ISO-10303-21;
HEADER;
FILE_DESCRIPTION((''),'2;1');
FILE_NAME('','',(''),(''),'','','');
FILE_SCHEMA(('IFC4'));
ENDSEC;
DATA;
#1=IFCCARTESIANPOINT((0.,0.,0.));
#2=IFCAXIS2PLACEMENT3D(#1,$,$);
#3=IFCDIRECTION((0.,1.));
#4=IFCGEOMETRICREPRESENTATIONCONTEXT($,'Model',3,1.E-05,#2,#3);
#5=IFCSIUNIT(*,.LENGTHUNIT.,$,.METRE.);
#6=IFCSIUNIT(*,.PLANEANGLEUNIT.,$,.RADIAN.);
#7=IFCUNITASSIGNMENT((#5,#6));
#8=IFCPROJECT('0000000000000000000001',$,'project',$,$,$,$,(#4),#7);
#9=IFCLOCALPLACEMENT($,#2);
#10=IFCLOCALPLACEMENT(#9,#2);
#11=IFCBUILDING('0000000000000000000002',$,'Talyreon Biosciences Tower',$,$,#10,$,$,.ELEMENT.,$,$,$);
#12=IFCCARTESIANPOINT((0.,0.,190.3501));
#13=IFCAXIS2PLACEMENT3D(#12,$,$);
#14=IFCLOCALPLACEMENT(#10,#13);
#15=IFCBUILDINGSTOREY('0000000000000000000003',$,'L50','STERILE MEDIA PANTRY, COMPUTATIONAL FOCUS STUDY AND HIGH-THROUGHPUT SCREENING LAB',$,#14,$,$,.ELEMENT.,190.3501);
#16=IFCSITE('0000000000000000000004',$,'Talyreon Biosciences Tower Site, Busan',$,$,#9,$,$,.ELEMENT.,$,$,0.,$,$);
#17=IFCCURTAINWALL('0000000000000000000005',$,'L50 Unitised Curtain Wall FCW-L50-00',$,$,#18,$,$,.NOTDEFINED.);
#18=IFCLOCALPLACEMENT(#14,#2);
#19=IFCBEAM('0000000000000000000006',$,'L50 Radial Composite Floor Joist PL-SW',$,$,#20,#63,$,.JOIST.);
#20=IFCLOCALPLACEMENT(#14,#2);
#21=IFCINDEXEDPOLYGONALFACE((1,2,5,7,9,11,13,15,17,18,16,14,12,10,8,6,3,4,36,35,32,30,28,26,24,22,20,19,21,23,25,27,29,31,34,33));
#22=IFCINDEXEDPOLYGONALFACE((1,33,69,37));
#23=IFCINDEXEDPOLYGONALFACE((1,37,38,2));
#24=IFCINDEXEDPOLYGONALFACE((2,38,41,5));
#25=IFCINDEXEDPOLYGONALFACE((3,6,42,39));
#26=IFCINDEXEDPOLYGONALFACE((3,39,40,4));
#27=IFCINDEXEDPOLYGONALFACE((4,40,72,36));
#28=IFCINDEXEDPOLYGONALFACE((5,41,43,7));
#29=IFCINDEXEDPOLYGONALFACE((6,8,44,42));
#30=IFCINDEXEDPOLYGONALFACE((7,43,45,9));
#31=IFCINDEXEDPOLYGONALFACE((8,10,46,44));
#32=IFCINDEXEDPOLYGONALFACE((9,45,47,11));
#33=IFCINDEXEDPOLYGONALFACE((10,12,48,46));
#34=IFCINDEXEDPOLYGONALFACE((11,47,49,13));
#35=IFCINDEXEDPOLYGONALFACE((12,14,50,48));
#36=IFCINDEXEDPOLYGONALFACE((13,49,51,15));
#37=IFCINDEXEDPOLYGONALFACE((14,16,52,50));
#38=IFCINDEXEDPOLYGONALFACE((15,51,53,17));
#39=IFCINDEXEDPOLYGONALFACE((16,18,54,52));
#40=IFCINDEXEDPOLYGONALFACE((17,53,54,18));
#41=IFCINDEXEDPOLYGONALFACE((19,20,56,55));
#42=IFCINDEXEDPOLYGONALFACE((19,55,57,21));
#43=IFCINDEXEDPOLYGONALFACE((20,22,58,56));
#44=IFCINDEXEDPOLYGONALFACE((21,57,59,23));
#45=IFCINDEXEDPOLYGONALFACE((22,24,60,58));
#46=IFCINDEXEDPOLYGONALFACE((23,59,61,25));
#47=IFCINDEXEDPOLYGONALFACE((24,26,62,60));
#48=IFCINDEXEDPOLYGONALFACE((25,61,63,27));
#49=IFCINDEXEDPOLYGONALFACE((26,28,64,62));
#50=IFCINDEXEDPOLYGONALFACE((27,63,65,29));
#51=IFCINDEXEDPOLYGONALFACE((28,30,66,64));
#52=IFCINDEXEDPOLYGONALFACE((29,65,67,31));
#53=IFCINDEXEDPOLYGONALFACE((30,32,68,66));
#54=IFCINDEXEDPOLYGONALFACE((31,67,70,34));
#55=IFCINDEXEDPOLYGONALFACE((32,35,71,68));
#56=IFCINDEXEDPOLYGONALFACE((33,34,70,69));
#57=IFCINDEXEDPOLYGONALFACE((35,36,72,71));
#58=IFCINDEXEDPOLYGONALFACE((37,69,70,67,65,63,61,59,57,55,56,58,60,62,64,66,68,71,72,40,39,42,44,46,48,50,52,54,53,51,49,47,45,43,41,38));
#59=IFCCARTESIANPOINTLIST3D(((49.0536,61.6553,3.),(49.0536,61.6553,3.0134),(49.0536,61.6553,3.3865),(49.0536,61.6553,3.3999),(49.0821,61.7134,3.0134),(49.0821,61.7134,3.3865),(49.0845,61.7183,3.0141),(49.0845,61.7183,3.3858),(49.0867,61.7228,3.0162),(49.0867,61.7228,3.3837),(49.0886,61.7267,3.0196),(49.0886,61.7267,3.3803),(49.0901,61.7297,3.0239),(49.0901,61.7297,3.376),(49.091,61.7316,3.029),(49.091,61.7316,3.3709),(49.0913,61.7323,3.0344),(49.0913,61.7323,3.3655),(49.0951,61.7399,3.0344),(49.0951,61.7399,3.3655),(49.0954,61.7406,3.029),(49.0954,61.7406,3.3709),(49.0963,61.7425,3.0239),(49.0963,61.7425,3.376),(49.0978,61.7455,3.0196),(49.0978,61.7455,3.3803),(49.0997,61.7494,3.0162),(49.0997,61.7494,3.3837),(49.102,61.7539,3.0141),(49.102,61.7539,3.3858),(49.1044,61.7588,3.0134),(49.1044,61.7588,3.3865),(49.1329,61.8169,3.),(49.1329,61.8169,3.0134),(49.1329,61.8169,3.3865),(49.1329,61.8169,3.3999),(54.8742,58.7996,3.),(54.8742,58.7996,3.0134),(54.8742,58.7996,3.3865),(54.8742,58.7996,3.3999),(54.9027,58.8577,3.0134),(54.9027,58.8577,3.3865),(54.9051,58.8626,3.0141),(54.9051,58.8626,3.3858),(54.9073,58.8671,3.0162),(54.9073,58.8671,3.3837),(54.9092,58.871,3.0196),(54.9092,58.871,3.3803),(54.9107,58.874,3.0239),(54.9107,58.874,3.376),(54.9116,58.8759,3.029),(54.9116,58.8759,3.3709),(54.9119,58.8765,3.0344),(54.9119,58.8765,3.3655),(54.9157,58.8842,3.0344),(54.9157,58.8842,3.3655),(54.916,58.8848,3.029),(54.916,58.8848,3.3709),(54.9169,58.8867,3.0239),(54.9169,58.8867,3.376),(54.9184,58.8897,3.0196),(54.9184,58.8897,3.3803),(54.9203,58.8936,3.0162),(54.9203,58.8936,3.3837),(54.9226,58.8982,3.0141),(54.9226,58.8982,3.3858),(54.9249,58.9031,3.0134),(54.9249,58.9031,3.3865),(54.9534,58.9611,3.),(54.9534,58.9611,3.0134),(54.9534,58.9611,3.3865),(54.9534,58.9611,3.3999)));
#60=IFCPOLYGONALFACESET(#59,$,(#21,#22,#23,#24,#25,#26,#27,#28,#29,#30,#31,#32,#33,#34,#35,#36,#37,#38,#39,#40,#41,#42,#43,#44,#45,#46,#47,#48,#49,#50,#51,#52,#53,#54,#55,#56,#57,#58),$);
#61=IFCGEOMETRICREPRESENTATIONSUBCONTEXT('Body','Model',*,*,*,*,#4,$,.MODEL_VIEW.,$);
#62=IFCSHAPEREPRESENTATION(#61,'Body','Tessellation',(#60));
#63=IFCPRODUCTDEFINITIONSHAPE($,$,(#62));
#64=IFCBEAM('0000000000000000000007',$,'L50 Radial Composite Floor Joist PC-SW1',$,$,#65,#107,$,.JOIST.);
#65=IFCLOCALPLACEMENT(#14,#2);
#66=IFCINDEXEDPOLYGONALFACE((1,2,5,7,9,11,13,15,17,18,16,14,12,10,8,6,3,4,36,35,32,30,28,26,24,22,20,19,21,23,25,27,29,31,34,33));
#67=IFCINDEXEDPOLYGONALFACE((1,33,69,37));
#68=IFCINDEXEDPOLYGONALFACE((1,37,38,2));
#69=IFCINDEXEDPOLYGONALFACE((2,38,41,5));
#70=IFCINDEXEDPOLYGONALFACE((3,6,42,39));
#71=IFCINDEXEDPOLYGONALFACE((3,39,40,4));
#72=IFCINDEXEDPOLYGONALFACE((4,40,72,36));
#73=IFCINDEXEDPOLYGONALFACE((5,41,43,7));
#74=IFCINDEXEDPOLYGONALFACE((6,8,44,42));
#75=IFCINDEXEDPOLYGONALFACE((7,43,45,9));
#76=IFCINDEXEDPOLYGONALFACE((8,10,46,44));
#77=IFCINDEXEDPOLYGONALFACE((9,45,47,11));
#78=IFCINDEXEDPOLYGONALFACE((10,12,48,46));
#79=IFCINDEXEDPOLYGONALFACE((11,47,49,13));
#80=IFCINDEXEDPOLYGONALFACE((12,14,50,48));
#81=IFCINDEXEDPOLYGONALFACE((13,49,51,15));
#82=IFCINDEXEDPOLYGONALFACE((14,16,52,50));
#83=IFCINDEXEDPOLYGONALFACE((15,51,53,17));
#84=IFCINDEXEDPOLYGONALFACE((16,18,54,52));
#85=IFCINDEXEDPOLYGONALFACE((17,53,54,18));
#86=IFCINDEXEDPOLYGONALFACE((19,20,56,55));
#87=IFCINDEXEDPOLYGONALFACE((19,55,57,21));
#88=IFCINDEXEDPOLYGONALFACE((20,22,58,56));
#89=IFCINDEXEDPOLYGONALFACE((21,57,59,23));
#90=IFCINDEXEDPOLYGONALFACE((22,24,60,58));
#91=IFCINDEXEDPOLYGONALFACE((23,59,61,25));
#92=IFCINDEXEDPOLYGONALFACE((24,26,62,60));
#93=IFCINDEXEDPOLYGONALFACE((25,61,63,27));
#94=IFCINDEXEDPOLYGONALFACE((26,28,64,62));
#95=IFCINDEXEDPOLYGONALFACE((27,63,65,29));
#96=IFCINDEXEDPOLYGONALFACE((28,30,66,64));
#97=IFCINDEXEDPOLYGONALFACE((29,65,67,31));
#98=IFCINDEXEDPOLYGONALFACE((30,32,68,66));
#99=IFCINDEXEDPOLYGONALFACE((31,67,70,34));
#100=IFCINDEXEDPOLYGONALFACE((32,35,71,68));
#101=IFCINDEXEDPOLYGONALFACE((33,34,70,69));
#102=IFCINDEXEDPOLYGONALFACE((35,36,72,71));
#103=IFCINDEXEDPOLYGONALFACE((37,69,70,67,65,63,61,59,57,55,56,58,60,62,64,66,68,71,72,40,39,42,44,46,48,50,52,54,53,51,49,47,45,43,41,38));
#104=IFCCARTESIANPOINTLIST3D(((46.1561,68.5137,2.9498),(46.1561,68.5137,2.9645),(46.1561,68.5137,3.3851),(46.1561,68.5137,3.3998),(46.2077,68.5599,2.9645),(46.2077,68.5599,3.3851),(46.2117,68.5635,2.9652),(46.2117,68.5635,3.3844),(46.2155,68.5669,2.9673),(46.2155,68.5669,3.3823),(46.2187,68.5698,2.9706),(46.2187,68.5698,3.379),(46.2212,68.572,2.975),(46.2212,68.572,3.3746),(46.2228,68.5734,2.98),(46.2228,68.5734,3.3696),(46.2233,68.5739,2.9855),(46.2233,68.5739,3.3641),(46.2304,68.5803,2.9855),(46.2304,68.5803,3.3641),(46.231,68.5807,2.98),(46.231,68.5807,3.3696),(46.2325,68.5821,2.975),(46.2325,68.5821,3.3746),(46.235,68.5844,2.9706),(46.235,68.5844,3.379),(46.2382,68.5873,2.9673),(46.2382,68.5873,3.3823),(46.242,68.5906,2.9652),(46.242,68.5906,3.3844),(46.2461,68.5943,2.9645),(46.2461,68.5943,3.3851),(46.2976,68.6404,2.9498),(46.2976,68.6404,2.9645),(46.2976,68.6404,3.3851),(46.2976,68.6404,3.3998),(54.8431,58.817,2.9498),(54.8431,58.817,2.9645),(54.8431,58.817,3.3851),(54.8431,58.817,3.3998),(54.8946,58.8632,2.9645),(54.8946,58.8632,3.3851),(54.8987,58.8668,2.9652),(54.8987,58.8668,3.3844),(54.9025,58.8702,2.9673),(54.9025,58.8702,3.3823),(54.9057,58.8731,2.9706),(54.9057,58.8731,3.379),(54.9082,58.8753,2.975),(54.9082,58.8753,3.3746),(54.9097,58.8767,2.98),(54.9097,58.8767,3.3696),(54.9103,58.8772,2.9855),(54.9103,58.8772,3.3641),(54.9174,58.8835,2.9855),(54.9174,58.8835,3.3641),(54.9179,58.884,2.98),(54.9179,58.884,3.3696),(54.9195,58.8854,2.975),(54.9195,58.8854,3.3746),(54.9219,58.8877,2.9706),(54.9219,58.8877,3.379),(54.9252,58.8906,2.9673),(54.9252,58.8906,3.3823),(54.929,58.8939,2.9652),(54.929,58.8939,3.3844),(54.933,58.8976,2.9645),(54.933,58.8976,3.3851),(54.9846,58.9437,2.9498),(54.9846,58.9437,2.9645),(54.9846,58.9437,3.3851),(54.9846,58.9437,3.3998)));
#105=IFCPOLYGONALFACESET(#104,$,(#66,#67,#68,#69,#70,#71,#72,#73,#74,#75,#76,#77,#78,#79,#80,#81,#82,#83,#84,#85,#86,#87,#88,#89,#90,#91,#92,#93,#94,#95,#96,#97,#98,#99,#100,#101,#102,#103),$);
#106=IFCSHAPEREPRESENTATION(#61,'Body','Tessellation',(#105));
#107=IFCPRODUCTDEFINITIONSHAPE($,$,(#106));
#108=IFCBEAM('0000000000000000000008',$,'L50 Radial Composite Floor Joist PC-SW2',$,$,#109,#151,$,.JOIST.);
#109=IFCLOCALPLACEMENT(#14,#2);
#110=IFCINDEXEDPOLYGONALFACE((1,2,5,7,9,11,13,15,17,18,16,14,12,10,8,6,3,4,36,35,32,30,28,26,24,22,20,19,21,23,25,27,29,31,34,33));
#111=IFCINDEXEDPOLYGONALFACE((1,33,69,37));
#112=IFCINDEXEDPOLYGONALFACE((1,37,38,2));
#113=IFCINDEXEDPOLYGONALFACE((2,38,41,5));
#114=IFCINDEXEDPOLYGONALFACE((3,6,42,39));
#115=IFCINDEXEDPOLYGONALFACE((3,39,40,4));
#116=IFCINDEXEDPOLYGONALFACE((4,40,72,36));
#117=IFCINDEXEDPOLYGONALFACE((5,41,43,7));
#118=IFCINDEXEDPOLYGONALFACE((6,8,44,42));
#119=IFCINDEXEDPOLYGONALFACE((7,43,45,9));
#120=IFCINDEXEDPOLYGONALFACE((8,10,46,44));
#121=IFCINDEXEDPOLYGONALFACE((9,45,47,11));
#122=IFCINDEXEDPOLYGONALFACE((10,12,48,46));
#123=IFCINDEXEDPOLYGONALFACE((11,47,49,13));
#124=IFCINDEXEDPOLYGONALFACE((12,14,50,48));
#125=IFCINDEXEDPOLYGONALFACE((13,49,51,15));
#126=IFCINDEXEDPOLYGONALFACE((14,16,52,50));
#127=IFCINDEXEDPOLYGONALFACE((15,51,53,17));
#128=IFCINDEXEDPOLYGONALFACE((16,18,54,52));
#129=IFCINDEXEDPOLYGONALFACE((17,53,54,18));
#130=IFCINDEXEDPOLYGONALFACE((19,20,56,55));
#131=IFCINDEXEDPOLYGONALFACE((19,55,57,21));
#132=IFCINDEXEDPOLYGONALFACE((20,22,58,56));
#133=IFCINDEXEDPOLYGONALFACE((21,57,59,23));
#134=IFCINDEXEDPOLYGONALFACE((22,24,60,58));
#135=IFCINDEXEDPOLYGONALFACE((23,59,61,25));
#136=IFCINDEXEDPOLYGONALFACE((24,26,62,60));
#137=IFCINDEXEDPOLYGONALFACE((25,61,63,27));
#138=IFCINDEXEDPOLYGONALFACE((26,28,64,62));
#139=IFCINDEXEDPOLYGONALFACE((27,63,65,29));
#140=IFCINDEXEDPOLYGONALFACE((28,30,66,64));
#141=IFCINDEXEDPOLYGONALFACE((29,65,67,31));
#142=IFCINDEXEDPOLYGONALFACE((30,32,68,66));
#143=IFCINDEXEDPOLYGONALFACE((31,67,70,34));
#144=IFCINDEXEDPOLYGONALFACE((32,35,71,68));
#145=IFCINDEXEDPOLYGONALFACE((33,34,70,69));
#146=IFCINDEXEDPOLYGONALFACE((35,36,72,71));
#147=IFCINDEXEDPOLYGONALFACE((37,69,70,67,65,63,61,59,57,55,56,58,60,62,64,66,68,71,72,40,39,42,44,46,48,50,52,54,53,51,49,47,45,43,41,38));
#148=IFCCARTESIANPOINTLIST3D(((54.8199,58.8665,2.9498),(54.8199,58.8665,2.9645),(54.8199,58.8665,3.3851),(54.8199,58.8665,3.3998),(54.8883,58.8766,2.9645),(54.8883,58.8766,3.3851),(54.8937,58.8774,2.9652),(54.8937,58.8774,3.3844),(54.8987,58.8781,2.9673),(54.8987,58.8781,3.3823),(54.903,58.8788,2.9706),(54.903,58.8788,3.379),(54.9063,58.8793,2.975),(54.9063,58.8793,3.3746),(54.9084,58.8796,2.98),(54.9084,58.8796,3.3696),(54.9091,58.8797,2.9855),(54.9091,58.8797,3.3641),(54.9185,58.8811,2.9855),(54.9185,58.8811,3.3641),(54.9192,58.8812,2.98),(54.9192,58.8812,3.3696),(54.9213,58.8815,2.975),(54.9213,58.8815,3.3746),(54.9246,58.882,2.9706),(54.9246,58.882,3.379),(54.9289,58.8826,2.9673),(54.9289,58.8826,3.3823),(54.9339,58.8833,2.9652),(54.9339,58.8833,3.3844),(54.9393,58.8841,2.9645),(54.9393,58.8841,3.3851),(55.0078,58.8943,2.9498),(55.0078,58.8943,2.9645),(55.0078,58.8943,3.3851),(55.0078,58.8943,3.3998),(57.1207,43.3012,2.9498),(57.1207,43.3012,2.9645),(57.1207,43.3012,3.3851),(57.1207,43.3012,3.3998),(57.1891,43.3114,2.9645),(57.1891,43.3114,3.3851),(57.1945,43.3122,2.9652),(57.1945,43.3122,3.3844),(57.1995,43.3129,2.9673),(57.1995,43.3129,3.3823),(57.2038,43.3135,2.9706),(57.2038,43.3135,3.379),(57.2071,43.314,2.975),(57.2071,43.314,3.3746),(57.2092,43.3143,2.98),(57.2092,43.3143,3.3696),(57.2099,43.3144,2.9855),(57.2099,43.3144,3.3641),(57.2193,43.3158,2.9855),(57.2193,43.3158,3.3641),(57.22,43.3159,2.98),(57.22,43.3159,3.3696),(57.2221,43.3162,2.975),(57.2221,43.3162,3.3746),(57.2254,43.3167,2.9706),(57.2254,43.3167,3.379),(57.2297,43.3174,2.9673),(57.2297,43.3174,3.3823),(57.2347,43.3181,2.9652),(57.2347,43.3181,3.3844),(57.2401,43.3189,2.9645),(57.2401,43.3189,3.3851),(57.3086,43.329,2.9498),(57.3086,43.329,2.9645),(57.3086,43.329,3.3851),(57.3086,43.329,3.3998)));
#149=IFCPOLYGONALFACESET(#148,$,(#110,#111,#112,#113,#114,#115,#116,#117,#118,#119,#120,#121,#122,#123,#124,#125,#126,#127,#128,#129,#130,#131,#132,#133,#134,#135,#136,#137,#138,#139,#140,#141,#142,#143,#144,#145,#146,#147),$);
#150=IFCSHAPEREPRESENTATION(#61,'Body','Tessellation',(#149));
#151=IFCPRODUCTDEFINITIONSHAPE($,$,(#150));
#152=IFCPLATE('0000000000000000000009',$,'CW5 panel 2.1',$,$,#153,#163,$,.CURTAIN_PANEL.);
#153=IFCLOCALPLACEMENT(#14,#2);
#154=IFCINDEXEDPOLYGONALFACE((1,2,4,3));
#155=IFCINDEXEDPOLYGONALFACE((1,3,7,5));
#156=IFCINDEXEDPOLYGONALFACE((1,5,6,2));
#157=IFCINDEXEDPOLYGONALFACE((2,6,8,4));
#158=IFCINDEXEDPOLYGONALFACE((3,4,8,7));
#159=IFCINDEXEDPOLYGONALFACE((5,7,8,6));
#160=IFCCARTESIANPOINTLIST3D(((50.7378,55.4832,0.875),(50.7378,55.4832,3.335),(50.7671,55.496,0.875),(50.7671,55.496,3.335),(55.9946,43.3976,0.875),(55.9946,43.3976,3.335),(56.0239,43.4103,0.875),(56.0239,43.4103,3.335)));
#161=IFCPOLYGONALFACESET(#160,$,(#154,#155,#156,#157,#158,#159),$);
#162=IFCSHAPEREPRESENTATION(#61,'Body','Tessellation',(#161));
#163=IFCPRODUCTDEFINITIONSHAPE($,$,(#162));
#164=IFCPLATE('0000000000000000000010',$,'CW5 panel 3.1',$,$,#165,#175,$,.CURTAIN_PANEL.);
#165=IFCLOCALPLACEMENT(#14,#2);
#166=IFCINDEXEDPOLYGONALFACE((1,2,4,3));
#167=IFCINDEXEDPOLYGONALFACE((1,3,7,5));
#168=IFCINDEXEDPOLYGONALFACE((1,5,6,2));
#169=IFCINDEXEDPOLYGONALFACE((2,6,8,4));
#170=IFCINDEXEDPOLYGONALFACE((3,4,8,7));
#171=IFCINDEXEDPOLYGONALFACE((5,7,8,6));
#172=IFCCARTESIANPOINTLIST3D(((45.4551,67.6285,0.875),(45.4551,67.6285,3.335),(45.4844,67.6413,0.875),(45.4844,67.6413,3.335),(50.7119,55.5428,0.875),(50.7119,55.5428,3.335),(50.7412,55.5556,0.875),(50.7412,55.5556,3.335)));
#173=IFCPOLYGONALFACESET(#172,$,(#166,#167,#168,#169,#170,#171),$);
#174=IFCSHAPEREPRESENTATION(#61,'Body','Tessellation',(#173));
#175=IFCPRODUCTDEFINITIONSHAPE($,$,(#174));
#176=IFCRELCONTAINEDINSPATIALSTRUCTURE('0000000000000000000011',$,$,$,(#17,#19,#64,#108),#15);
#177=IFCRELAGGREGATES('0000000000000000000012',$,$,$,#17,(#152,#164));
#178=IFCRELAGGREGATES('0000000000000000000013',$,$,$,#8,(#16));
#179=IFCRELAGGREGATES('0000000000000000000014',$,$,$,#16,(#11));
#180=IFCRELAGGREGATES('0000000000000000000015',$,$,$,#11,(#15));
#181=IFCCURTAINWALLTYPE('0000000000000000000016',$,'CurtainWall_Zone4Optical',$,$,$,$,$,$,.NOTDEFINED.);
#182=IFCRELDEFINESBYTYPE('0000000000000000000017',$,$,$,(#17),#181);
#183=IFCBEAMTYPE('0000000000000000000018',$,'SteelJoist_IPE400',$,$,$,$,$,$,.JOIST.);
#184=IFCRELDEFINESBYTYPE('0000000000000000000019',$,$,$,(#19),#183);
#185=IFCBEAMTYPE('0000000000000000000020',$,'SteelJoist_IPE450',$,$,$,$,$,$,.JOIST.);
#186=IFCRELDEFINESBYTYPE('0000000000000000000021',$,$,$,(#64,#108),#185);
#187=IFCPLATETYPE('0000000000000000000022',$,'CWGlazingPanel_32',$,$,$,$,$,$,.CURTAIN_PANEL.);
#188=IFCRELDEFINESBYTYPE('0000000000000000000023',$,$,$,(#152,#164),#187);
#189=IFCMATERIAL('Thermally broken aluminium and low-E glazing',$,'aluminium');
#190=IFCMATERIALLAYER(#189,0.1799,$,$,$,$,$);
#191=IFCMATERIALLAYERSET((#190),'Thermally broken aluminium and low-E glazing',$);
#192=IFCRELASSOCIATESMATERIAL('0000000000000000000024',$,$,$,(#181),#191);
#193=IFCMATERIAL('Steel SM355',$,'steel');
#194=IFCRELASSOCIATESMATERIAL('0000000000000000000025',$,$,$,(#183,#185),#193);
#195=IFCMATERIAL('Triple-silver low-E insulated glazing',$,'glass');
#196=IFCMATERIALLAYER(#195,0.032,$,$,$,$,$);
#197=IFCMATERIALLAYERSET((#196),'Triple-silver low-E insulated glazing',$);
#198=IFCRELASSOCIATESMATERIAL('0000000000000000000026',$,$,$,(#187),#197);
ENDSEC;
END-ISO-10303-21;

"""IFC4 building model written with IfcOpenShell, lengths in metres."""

from ifc_helpers import new_model, si_unit, direction, frame, origin, origin_2d, place, context, subcontext, project, spatial, rectangle, i_section, extrude, material, layer, layer_set, material_profile, profile_set, type_object, element, aggregate, save


model = new_model("IFC4")

# Units and contexts
model_context = context("Model", 3, precision=1e-05, world=origin(), true_north=direction((0.0, 1.0)))
body_context = subcontext(model_context, "Body", "Model", "MODEL_VIEW")
ifc_project = project(units=[si_unit("LENGTHUNIT", "METRE"), si_unit("PLANEANGLEUNIT", "RADIAN")], contexts=[model_context])

# Site, building, storey
site_placement = place(None, origin())
site = spatial("IfcSite", under=ifc_project, at=site_placement, Name="Talyreon Biosciences Tower Site, Busan", CompositionType="ELEMENT", RefElevation=0.0)
building_placement = place(site_placement, origin())
building = spatial("IfcBuilding", under=site, at=building_placement, Name="Talyreon Biosciences Tower", CompositionType="ELEMENT")
storey_placement = place(building_placement, frame((0.0, 0.0, 190.3501)))
storey = spatial("IfcBuildingStorey", under=building, at=storey_placement, Name="L50", Description="STERILE MEDIA PANTRY, COMPUTATIONAL FOCUS STUDY AND HIGH-THROUGHPUT SCREENING LAB", CompositionType="ELEMENT", Elevation=190.3501)

# Curtain wall
ifc_material_1 = material(Name="Thermally broken aluminium and low-E glazing", Category="aluminium")
ifc_layer_1 = layer(ifc_material_1, 0.1799)
ifc_layer_set_1 = layer_set([ifc_layer_1], Name="Thermally broken aluminium and low-E glazing")
curtain_wall_type = type_object("IfcCurtainWallType", Name="CurtainWall_Zone4Optical", PredefinedType="NOTDEFINED", material=ifc_layer_set_1)
curtain_wall_placement = place(storey_placement, origin())
curtain_wall = element("IfcCurtainWall", 1, at=curtain_wall_placement, inside=storey, type_object=curtain_wall_type, Name="L50 Unitised Curtain Wall FCW-L50-00", PredefinedType="NOTDEFINED")

# Beams
ifc_material_2 = material(Name="Steel SM355", Category="steel")
ifc_material_profile_1 = material_profile(ifc_material_2, i_section(OverallWidth=0.1799, OverallDepth=0.3999, WebThickness=0.0085, FlangeThickness=0.0134, FilletRadius=0.021, at=origin_2d()), Name="IPE400")
ifc_profile_set_1 = profile_set([ifc_material_profile_1], Name="Steel SM355")
beam_type_1 = type_object("IfcBeamType", Name="SteelJoist_IPE400", PredefinedType="JOIST", material=ifc_profile_set_1)
beam_1_placement = place(storey_placement, frame((54.9138, 58.8804, 3.2), z_axis=(-0.897768, 0.440468, 0.0), x_axis=(-0.440468, -0.897768, 0.0)))
element("IfcBeam", 2, at=beam_1_placement, inside=storey, type_object=beam_type_1, Name="L50 Radial Composite Floor Joist PL-SW", PredefinedType="JOIST", context=body_context, shape_type="SweptSolid", body=[
    extrude(i_section(OverallWidth=0.1799, OverallDepth=0.3999, WebThickness=0.0085, FlangeThickness=0.0134, FilletRadius=0.021, at=origin_2d()), origin(), (0.0, 0.0, 1.0), 6.4834),
])
ifc_material_profile_2 = material_profile(ifc_material_2, i_section(OverallWidth=0.1899, OverallDepth=0.45, WebThickness=0.0095, FlangeThickness=0.0146, FilletRadius=0.021, at=origin_2d()), Name="IPE450")
ifc_profile_set_2 = profile_set([ifc_material_profile_2], Name="Steel SM355")
beam_type_2 = type_object("IfcBeamType", Name="SteelJoist_IPE450", PredefinedType="JOIST", material=ifc_profile_set_2)
beam_2_placement = place(storey_placement, frame((54.9138, 58.8804, 3.1748), z_axis=(-0.667262, 0.744823, 0.0), x_axis=(-0.744823, -0.667262, 0.0)))
element("IfcBeam", 3, at=beam_2_placement, inside=storey, type_object=beam_type_2, Name="L50 Radial Composite Floor Joist PC-SW1", PredefinedType="JOIST", context=body_context, shape_type="SweptSolid", body=[
    extrude(i_section(OverallWidth=0.1899, OverallDepth=0.45, WebThickness=0.0095, FlangeThickness=0.0146, FilletRadius=0.021, at=origin_2d()), origin(), (0.0, 0.0, 1.0), 13.0188),
])
beam_3_placement = place(storey_placement, frame((54.9138, 58.8804, 3.1748), z_axis=(0.146227, -0.989251, 0.0), x_axis=(0.989251, 0.146227, 0.0)))
element("IfcBeam", 4, at=beam_3_placement, inside=storey, type_object=beam_type_2, Name="L50 Radial Composite Floor Joist PC-SW2", PredefinedType="JOIST", context=body_context, shape_type="SweptSolid", body=[
    extrude(i_section(OverallWidth=0.1899, OverallDepth=0.45, WebThickness=0.0095, FlangeThickness=0.0146, FilletRadius=0.021, at=origin_2d()), origin(), (0.0, 0.0, 1.0), 15.7344),
])

# Plates
ifc_material_3 = material(Name="Triple-silver low-E insulated glazing", Category="glass")
ifc_layer_2 = layer(ifc_material_3, 0.032)
ifc_layer_set_2 = layer_set([ifc_layer_2], Name="Triple-silver low-E insulated glazing")
plate_type_1 = type_object("IfcPlateType", Name="CWGlazingPanel_32", PredefinedType="CURTAIN_PANEL", material=ifc_layer_set_2)
plate_1_placement = place(storey_placement, frame((53.3809, 49.4468, 0.875), z_axis=(0.0, 0.0, 1.0), x_axis=(-0.398862, 0.917011, 0.0)))
plate_1 = element("IfcPlate", 5, at=plate_1_placement, type_object=plate_type_1, Name="CW5 panel 2.1", PredefinedType="CURTAIN_PANEL", context=body_context, shape_type="SweptSolid", body=[
    extrude(rectangle(XDim=13.1794, YDim=0.032, at=origin_2d()), origin(), (0.0, 0.0, 1.0), 2.46),
])
plate_2_placement = place(storey_placement, frame((48.0981, 61.592, 0.875), z_axis=(0.0, 0.0, 1.0), x_axis=(-0.398862, 0.917011, 0.0)))
plate_2 = element("IfcPlate", 6, at=plate_2_placement, type_object=plate_type_1, Name="CW5 panel 3.1", PredefinedType="CURTAIN_PANEL", context=body_context, shape_type="SweptSolid", body=[
    extrude(rectangle(XDim=13.1794, YDim=0.032, at=origin_2d()), origin(), (0.0, 0.0, 1.0), 2.46),
])
aggregate(curtain_wall, [plate_1, plate_2])

save(model, "model.ifc")
